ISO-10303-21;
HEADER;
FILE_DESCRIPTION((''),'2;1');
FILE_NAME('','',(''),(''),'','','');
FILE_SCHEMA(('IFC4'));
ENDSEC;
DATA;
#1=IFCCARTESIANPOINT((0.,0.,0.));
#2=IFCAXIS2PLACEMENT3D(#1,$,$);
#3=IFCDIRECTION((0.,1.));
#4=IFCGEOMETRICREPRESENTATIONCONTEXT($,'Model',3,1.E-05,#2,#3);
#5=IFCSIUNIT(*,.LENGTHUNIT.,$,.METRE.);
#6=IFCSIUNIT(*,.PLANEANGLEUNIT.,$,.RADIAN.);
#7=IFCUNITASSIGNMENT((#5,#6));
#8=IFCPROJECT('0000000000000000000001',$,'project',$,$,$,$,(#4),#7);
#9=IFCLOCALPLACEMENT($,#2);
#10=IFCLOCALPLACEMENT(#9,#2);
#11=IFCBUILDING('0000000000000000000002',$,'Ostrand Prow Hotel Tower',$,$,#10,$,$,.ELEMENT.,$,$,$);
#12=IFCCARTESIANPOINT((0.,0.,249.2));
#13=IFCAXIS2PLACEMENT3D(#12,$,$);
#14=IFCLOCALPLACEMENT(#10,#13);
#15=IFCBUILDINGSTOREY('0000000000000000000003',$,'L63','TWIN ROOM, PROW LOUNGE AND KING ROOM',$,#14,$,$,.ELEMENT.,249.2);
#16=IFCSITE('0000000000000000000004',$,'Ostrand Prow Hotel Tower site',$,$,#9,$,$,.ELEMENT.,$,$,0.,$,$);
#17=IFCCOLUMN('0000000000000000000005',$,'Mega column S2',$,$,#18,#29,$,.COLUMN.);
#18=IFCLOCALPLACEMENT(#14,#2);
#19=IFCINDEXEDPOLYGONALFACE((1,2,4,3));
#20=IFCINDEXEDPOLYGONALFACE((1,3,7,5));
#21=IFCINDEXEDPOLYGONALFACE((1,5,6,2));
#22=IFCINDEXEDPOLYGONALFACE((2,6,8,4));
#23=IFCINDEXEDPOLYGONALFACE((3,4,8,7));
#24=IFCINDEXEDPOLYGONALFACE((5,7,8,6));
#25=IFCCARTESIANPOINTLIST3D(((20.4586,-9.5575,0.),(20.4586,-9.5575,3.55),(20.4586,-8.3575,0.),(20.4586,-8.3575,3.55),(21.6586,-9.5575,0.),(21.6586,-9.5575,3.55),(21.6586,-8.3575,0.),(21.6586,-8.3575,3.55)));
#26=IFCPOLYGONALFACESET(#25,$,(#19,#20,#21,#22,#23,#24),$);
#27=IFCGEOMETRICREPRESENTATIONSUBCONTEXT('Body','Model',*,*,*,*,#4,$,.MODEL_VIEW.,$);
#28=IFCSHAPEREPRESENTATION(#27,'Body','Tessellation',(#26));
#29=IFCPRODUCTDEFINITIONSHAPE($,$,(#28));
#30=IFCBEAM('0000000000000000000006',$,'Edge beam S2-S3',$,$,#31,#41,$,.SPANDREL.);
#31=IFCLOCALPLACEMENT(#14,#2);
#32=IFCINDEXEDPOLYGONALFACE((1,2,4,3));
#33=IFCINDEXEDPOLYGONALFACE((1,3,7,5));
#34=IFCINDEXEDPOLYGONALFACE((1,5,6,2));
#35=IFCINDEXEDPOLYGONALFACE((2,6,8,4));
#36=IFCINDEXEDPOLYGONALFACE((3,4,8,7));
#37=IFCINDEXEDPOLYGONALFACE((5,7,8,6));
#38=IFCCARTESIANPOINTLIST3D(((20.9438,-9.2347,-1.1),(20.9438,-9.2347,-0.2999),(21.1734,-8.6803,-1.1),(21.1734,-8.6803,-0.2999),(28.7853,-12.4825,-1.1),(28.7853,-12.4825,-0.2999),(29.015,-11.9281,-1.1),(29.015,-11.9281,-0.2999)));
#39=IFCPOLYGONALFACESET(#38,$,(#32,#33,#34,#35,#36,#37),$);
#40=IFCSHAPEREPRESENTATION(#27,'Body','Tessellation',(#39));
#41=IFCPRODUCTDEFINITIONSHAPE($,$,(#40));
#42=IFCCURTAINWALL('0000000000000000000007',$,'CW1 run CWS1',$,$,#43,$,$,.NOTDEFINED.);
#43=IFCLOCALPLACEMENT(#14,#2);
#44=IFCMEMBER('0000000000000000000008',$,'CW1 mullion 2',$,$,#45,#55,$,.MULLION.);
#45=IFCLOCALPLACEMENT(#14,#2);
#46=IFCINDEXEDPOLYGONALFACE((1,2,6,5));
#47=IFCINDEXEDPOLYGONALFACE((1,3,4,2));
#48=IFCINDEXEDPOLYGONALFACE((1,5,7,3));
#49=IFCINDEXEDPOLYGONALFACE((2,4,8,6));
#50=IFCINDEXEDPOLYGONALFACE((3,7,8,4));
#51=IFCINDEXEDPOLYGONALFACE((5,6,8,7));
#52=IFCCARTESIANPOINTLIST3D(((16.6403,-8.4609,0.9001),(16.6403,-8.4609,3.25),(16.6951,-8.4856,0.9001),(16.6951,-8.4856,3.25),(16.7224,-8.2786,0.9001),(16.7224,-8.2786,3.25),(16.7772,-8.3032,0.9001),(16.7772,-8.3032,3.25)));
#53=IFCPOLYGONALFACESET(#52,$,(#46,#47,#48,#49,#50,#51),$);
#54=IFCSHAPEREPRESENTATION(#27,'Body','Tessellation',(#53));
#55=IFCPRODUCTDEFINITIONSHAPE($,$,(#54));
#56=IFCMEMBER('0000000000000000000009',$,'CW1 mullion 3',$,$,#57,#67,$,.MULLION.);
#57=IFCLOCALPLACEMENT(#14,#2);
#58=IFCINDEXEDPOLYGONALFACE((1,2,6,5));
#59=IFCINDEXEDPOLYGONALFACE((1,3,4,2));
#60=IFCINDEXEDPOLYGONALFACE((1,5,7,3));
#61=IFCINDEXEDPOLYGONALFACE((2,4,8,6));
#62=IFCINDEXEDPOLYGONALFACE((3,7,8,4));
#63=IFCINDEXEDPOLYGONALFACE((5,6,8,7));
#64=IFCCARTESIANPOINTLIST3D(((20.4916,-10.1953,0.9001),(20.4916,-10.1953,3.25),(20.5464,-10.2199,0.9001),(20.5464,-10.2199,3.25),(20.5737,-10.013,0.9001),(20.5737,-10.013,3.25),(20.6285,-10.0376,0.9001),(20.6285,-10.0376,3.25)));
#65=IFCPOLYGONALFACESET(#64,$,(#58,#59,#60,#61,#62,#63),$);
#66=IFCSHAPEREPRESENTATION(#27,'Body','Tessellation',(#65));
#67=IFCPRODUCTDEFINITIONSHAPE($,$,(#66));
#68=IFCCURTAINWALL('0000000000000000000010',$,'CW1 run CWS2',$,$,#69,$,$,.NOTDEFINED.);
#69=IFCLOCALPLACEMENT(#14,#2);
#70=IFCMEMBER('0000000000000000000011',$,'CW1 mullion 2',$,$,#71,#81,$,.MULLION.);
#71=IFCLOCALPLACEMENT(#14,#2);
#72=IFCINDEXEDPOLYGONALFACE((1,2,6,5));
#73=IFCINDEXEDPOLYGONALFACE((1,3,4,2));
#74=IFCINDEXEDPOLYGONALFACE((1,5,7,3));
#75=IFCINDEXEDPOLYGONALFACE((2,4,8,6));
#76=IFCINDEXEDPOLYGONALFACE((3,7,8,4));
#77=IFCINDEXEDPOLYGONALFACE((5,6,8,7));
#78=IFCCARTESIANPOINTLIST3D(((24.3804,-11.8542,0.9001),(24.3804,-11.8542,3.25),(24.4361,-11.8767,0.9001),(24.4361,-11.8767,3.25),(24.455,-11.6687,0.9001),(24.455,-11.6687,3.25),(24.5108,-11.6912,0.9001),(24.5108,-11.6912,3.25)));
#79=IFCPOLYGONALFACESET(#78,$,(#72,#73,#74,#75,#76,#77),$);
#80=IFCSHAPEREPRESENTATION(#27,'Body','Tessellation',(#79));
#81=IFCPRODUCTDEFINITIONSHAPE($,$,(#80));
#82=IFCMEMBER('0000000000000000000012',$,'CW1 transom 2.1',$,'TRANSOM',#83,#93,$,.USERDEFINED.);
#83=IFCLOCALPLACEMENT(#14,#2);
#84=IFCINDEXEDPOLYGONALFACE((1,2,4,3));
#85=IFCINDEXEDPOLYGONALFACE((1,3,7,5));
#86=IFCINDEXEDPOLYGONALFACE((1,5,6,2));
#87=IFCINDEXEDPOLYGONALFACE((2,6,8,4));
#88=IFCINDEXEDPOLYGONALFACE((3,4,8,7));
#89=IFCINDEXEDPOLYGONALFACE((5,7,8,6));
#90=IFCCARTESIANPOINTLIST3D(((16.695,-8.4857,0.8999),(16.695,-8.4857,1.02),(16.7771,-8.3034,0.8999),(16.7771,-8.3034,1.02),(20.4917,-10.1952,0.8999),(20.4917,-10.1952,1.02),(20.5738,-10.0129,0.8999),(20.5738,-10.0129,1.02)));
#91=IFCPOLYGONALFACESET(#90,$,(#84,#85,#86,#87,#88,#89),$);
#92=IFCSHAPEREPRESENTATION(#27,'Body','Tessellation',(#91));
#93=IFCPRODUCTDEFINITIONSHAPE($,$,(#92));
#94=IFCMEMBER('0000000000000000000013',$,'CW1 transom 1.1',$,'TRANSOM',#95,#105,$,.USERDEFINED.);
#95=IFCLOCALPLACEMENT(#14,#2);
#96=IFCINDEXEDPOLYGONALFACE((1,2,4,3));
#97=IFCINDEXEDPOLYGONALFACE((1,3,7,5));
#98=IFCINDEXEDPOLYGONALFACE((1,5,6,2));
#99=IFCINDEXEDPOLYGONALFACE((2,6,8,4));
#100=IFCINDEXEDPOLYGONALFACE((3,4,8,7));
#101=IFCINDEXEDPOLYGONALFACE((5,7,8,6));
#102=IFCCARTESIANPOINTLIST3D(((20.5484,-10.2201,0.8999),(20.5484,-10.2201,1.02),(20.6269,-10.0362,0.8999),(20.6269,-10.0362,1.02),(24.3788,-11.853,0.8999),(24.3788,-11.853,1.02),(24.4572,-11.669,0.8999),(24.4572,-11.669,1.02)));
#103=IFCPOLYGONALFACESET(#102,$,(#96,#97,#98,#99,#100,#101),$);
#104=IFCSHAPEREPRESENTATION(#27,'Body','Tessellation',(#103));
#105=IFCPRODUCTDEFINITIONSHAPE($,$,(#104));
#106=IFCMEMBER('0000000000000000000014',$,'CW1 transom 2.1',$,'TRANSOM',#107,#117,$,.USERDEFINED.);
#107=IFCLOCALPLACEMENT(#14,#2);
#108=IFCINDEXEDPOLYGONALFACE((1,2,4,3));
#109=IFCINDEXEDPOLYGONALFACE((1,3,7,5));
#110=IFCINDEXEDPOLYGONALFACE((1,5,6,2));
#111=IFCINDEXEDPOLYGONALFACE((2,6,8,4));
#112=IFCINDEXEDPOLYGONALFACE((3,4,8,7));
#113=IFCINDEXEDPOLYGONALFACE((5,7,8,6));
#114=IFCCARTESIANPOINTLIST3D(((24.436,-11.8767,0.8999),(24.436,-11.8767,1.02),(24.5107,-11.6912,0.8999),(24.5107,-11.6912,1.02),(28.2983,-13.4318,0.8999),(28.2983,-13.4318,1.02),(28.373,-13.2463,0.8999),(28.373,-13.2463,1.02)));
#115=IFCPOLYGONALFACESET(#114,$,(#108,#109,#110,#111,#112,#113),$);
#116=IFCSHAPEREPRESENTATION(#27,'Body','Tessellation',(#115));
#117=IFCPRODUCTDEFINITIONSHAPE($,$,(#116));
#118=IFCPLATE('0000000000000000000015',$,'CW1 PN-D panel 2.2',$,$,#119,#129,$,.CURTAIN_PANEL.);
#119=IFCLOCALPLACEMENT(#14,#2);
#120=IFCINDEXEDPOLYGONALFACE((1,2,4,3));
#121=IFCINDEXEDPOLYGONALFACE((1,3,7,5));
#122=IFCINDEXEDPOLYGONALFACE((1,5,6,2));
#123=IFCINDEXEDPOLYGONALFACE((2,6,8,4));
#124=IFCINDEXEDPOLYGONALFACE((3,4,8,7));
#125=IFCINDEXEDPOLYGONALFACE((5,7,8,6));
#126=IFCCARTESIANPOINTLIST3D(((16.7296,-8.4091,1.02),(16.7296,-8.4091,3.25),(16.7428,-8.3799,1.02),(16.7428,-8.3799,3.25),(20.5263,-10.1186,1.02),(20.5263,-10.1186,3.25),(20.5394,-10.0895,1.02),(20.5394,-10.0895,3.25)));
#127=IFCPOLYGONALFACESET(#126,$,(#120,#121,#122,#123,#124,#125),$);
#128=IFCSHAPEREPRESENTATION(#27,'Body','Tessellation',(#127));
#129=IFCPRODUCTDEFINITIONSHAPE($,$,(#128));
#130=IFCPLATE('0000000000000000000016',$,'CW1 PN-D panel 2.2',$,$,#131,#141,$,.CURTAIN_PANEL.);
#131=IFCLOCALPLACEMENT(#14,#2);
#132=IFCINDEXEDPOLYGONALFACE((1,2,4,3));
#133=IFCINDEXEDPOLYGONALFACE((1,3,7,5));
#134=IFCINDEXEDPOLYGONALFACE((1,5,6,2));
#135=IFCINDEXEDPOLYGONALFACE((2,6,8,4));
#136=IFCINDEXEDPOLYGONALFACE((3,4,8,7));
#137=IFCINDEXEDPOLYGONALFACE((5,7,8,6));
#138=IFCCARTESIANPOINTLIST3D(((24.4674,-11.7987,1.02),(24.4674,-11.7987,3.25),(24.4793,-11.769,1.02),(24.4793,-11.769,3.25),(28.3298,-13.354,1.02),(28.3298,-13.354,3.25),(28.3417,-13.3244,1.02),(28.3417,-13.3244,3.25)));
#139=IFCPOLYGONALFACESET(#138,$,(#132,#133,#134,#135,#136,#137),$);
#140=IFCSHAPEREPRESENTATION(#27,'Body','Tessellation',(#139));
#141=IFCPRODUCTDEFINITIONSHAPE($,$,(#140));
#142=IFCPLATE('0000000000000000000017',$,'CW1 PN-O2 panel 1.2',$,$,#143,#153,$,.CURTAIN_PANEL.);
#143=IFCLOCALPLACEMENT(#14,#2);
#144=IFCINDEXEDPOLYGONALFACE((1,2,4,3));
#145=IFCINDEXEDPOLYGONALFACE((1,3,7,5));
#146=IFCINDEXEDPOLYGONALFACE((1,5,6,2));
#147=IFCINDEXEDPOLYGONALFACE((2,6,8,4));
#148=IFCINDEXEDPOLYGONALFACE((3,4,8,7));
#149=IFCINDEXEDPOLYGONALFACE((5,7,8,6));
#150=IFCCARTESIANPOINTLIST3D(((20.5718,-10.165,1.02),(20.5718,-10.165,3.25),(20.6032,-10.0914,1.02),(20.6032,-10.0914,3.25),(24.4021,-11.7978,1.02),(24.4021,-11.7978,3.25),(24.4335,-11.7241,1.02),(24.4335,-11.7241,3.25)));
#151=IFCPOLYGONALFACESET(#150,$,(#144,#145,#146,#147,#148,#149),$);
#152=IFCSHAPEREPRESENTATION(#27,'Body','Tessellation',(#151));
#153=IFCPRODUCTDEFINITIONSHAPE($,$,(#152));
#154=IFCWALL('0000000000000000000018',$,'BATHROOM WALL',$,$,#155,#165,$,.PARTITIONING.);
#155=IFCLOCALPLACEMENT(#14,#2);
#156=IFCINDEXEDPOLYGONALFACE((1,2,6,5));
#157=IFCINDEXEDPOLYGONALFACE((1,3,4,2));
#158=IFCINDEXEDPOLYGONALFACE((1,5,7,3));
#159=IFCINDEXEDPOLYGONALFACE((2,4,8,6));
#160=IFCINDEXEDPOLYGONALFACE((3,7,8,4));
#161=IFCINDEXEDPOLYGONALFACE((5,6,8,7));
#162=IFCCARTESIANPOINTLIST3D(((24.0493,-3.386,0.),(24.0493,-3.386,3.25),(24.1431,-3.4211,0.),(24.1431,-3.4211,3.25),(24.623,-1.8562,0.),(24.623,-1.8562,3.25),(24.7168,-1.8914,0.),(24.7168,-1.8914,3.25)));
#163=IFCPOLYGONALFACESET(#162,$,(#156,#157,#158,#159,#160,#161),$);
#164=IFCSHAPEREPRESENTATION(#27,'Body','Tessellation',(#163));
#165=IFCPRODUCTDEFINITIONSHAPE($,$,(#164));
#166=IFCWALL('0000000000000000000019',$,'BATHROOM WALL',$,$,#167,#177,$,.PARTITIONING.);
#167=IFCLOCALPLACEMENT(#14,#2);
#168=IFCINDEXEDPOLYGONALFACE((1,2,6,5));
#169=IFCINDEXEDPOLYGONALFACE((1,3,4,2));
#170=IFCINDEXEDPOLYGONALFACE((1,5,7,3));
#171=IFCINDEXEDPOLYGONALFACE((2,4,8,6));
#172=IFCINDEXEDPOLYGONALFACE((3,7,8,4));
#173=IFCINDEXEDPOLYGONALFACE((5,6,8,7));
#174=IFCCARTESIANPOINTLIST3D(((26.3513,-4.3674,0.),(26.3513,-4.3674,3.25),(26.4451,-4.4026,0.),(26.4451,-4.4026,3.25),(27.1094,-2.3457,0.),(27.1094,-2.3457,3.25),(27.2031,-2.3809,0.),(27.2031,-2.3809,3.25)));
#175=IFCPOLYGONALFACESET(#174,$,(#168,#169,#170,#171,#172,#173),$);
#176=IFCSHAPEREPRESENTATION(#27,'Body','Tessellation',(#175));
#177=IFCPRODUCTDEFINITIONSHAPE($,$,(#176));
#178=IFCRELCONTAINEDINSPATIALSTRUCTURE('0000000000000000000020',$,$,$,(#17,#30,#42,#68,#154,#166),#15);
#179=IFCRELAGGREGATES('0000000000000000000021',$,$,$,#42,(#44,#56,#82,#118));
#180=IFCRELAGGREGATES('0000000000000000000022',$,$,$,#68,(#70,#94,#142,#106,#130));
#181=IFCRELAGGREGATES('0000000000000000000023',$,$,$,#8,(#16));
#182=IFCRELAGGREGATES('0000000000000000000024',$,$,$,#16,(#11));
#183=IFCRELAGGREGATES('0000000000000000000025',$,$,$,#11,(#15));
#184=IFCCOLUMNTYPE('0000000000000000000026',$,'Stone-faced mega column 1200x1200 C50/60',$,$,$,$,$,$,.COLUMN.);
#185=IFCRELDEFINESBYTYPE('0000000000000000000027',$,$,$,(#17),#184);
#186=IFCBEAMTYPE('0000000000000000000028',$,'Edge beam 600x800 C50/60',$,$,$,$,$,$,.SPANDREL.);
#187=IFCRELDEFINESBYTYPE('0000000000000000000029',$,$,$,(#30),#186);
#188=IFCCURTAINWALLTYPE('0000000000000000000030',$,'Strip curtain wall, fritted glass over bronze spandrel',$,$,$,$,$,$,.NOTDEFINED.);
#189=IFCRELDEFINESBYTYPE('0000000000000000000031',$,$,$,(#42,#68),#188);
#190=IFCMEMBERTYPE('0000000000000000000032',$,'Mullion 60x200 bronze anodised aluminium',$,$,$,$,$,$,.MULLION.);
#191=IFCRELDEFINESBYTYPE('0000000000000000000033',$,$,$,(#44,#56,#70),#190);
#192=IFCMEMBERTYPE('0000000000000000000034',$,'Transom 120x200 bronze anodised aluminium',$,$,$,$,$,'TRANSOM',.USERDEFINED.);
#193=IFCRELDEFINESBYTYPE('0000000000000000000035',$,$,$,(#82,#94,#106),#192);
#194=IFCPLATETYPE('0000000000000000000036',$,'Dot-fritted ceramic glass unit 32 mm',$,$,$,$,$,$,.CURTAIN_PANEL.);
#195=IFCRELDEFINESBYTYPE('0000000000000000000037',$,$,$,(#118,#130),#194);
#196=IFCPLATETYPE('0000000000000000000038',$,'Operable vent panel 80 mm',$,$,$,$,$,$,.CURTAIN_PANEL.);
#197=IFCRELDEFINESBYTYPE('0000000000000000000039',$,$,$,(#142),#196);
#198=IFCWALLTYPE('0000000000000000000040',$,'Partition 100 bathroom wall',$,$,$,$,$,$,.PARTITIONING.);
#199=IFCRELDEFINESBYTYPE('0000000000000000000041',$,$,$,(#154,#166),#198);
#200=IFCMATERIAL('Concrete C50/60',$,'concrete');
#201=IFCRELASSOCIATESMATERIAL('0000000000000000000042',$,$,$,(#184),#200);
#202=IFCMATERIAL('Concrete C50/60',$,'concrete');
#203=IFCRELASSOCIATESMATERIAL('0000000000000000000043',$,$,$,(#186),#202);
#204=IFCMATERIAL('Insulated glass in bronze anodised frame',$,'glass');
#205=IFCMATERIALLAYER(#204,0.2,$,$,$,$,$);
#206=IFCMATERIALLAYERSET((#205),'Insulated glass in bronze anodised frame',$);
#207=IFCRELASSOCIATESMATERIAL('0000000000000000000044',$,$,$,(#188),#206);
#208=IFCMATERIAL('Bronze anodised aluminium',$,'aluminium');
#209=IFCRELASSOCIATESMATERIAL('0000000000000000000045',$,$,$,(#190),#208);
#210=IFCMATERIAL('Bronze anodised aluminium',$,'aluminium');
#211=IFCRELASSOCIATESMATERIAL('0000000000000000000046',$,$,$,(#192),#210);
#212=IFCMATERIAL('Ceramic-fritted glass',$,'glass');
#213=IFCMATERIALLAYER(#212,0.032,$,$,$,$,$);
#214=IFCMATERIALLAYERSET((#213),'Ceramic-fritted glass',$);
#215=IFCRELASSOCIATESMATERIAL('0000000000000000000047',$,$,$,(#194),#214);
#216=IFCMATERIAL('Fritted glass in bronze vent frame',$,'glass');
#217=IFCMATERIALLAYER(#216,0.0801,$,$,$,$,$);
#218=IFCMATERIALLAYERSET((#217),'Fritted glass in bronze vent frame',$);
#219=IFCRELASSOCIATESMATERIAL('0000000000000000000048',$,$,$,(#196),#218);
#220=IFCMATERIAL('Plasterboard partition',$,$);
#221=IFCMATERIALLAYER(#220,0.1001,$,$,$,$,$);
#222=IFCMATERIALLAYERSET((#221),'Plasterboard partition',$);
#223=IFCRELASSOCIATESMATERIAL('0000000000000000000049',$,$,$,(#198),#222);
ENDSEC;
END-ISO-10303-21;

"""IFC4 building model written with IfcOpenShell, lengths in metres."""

from ifc_helpers import new_model, si_unit, direction, frame, frame_2d, origin, origin_2d, place, context, subcontext, project, spatial, rectangle, extrude, material, layer, layer_set, material_profile, profile_set, type_object, element, aggregate, save


model = new_model("IFC4")

# Units and contexts
model_context = context("Model", 3, precision=1e-05, world=origin(), true_north=direction((0.0, 1.0)))
body_context = subcontext(model_context, "Body", "Model", "MODEL_VIEW")
ifc_project = project(units=[si_unit("LENGTHUNIT", "METRE"), si_unit("PLANEANGLEUNIT", "RADIAN")], contexts=[model_context])

# Site, building, storey
site_placement = place(None, origin())
site = spatial("IfcSite", under=ifc_project, at=site_placement, Name="Ostrand Prow Hotel Tower site", CompositionType="ELEMENT", RefElevation=0.0)
building_placement = place(site_placement, origin())
building = spatial("IfcBuilding", under=site, at=building_placement, Name="Ostrand Prow Hotel Tower", CompositionType="ELEMENT")
storey_placement = place(building_placement, frame((0.0, 0.0, 249.2)))
storey = spatial("IfcBuildingStorey", under=building, at=storey_placement, Name="L63", Description="TWIN ROOM, PROW LOUNGE AND KING ROOM", CompositionType="ELEMENT", Elevation=249.2)

# Column
ifc_material_1 = material(Name="Concrete C50/60", Category="concrete")
ifc_material_profile_1 = material_profile(ifc_material_1, rectangle(XDim=1.2, YDim=1.2, at=origin_2d()), Name="RC 1200x1200")
ifc_profile_set_1 = profile_set([ifc_material_profile_1], Name="Concrete C50/60")
column_type = type_object("IfcColumnType", Name="Stone-faced mega column 1200x1200 C50/60", PredefinedType="COLUMN", material=ifc_profile_set_1)
column_placement = place(storey_placement, frame((21.0586, -8.9575, 0.0), z_axis=(0.0, 0.0, 1.0), x_axis=(1.0, 0.0, 0.0)))
element("IfcColumn", 1, at=column_placement, inside=storey, type_object=column_type, Name="Mega column S2", PredefinedType="COLUMN", context=body_context, shape_type="SweptSolid", body=[
    extrude(rectangle(XDim=1.2, YDim=1.2, at=origin_2d()), origin(), (0.0, 0.0, 1.0), 3.55),
])

# Beam
ifc_material_2 = material(Name="Concrete C50/60", Category="concrete")
ifc_material_profile_2 = material_profile(ifc_material_2, rectangle(XDim=0.6001, YDim=0.8, at=origin_2d()), Name="RC 600x800")
ifc_profile_set_2 = profile_set([ifc_material_profile_2], Name="Concrete C50/60")
beam_type = type_object("IfcBeamType", Name="Edge beam 600x800 C50/60", PredefinedType="SPANDREL", material=ifc_profile_set_2)
beam_placement = place(storey_placement, frame((21.0586, -8.9575, -0.7), z_axis=(0.923891, -0.382656, 0.0), x_axis=(0.382656, 0.923891, 0.0)))
element("IfcBeam", 2, at=beam_placement, inside=storey, type_object=beam_type, Name="Edge beam S2-S3", PredefinedType="SPANDREL", context=body_context, shape_type="SweptSolid", body=[
    extrude(rectangle(XDim=0.6001, YDim=0.8, at=origin_2d()), origin(), (0.0, 0.0, 1.0), 8.4875),
])

# Curtain wall, members
ifc_material_3 = material(Name="Insulated glass in bronze anodised frame", Category="glass")
ifc_layer_1 = layer(ifc_material_3, 0.2)
ifc_layer_set_1 = layer_set([ifc_layer_1], Name="Insulated glass in bronze anodised frame")
curtain_wall_type = type_object("IfcCurtainWallType", Name="Strip curtain wall, fritted glass over bronze spandrel", PredefinedType="NOTDEFINED", material=ifc_layer_set_1)
curtain_wall_1_placement = place(storey_placement, origin())
curtain_wall_1 = element("IfcCurtainWall", 3, at=curtain_wall_1_placement, inside=storey, type_object=curtain_wall_type, Name="CW1 run CWS1", PredefinedType="NOTDEFINED")
ifc_material_4 = material(Name="Bronze anodised aluminium", Category="aluminium")
ifc_material_profile_3 = material_profile(ifc_material_4, rectangle(XDim=0.2, YDim=0.0601, at=origin_2d()), Name="Mullion 60x200 bronze anodised aluminium")
ifc_profile_set_3 = profile_set([ifc_material_profile_3], Name="Bronze anodised aluminium")
member_type_1 = type_object("IfcMemberType", Name="Mullion 60x200 bronze anodised aluminium", PredefinedType="MULLION", material=ifc_profile_set_3)
member_1_placement = place(storey_placement, frame((16.7087, -8.3821, 0.9001), z_axis=(0.0, 0.0, 1.0), x_axis=(0.410582, 0.911824, 0.0)))
member_1 = element("IfcMember", 4, at=member_1_placement, type_object=member_type_1, Name="CW1 mullion 2", PredefinedType="MULLION", context=body_context, shape_type="SweptSolid", body=[
    extrude(rectangle(XDim=0.2, YDim=0.0601, at=origin_2d()), origin(), (0.0, 0.0, 1.0), 2.3499),
])
member_2_placement = place(storey_placement, frame((20.5601, -10.1165, 0.9001), z_axis=(0.0, 0.0, 1.0), x_axis=(0.410582, 0.911824, 0.0)))
member_2 = element("IfcMember", 5, at=member_2_placement, type_object=member_type_1, Name="CW1 mullion 3", PredefinedType="MULLION", context=body_context, shape_type="SweptSolid", body=[
    extrude(rectangle(XDim=0.2, YDim=0.0601, at=origin_2d()), origin(), (0.0, 0.0, 1.0), 2.3499),
])

# Curtain wall, member
curtain_wall_2_placement = place(storey_placement, origin())
curtain_wall_2 = element("IfcCurtainWall", 6, at=curtain_wall_2_placement, inside=storey, type_object=curtain_wall_type, Name="CW1 run CWS2", PredefinedType="NOTDEFINED")
member_3_placement = place(storey_placement, frame((24.4456, -11.7727, 0.9001), z_axis=(0.0, 0.0, 1.0), x_axis=(0.373533, 0.927617, 0.0)))
member_3 = element("IfcMember", 7, at=member_3_placement, type_object=member_type_1, Name="CW1 mullion 2", PredefinedType="MULLION", context=body_context, shape_type="SweptSolid", body=[
    extrude(rectangle(XDim=0.2, YDim=0.0601, at=origin_2d()), origin(), (0.0, 0.0, 1.0), 2.3499),
])

# Members
ifc_material_5 = material(Name="Bronze anodised aluminium", Category="aluminium")
ifc_material_profile_4 = material_profile(ifc_material_5, rectangle(XDim=0.2, YDim=0.1201, at=origin_2d()), Name="Transom 120x200 bronze anodised aluminium")
ifc_profile_set_4 = profile_set([ifc_material_profile_4], Name="Bronze anodised aluminium")
member_type_2 = type_object("IfcMemberType", Name="Transom 120x200 bronze anodised aluminium", ElementType="TRANSOM", PredefinedType="USERDEFINED", material=ifc_profile_set_4)
member_4_placement = place(storey_placement, frame((16.7361, -8.3945, 0.96), z_axis=(0.911833, -0.410562, 0.0), x_axis=(0.410562, 0.911833, 0.0)))
member_4 = element("IfcMember", 8, at=member_4_placement, type_object=member_type_2, Name="CW1 transom 2.1", ObjectType="TRANSOM", PredefinedType="USERDEFINED", context=body_context, shape_type="SweptSolid", body=[
    extrude(rectangle(XDim=0.2, YDim=0.1201, at=origin_2d()), origin(), (0.0, 0.0, 1.0), 4.1638),
])
member_5_placement = place(storey_placement, frame((20.5876, -10.1282, 0.96), z_axis=(0.919905, -0.392142, 0.0), x_axis=(0.392142, 0.919905, 0.0)))
member_5 = element("IfcMember", 9, at=member_5_placement, type_object=member_type_2, Name="CW1 transom 1.1", ObjectType="TRANSOM", PredefinedType="USERDEFINED", context=body_context, shape_type="SweptSolid", body=[
    extrude(rectangle(XDim=0.2, YDim=0.1201, at=origin_2d()), origin(), (0.0, 0.0, 1.0), 4.1638),
])
member_6_placement = place(storey_placement, frame((24.4734, -11.7839, 0.96), z_axis=(0.927625, -0.373513, 0.0), x_axis=(0.373513, 0.927625, 0.0)))
member_6 = element("IfcMember", 10, at=member_6_placement, type_object=member_type_2, Name="CW1 transom 2.1", ObjectType="TRANSOM", PredefinedType="USERDEFINED", context=body_context, shape_type="SweptSolid", body=[
    extrude(rectangle(XDim=0.2, YDim=0.1201, at=origin_2d()), origin(), (0.0, 0.0, 1.0), 4.1636),
])

# Plates
ifc_material_6 = material(Name="Ceramic-fritted glass", Category="glass")
ifc_layer_2 = layer(ifc_material_6, 0.032)
ifc_layer_set_2 = layer_set([ifc_layer_2], Name="Ceramic-fritted glass")
plate_type_1 = type_object("IfcPlateType", Name="Dot-fritted ceramic glass unit 32 mm", PredefinedType="CURTAIN_PANEL", material=ifc_layer_set_2)
plate_1_placement = place(storey_placement, frame((18.6345, -9.2493, 1.02), z_axis=(0.0, 0.0, 1.0), x_axis=(0.911824, -0.410582, 0.0)))
plate_1 = element("IfcPlate", 11, at=plate_1_placement, type_object=plate_type_1, Name="CW1 PN-D panel 2.2", PredefinedType="CURTAIN_PANEL", context=body_context, shape_type="SweptSolid", body=[
    extrude(rectangle(XDim=4.1638, YDim=0.032, at=origin_2d()), origin(), (0.0, 0.0, 1.0), 2.23),
])
aggregate(curtain_wall_1, [member_1, member_2, member_4, plate_1])
plate_2_placement = place(storey_placement, frame((26.4045, -12.5615, 1.02), z_axis=(0.0, 0.0, 1.0), x_axis=(0.927617, -0.373533, 0.0)))
plate_2 = element("IfcPlate", 12, at=plate_2_placement, type_object=plate_type_1, Name="CW1 PN-D panel 2.2", PredefinedType="CURTAIN_PANEL", context=body_context, shape_type="SweptSolid", body=[
    extrude(rectangle(XDim=4.1638, YDim=0.032, at=origin_2d()), origin(), (0.0, 0.0, 1.0), 2.23),
])
ifc_material_7 = material(Name="Fritted glass in bronze vent frame", Category="glass")
ifc_layer_3 = layer(ifc_material_7, 0.0801)
ifc_layer_set_3 = layer_set([ifc_layer_3], Name="Fritted glass in bronze vent frame")
plate_type_2 = type_object("IfcPlateType", Name="Operable vent panel 80 mm", PredefinedType="CURTAIN_PANEL", material=ifc_layer_set_3)
plate_3_placement = place(storey_placement, frame((22.5027, -10.9446, 1.02), z_axis=(0.0, 0.0, 1.0), x_axis=(0.919907, -0.392136, 0.0)))
plate_3 = element("IfcPlate", 13, at=plate_3_placement, type_object=plate_type_2, Name="CW1 PN-O2 panel 1.2", PredefinedType="CURTAIN_PANEL", context=body_context, shape_type="SweptSolid", body=[
    extrude(rectangle(XDim=4.1638, YDim=0.0801, at=origin_2d()), origin(), (0.0, 0.0, 1.0), 2.23),
])
aggregate(curtain_wall_2, [member_3, member_5, plate_3, member_6, plate_2])

# Walls
ifc_material_8 = material(Name="Plasterboard partition")
ifc_layer_4 = layer(ifc_material_8, 0.1001)
ifc_layer_set_4 = layer_set([ifc_layer_4], Name="Plasterboard partition")
wall_type_1 = type_object("IfcWallType", Name="Partition 100 bathroom wall", PredefinedType="PARTITIONING", material=ifc_layer_set_4)
wall_1_placement = place(storey_placement, frame((24.0962, -3.4036, 0.0), z_axis=(0.0, 0.0, 1.0), x_axis=(0.351156, 0.936317, 0.0)))
element("IfcWall", 14, at=wall_1_placement, inside=storey, type_object=wall_type_1, Name="BATHROOM WALL", PredefinedType="PARTITIONING", context=body_context, shape_type="SweptSolid", body=[
    extrude(rectangle(XDim=1.6338, YDim=0.1001, at=frame_2d((0.8169, 0.0))), origin(), (0.0, 0.0, 1.0), 3.25),
])
wall_2_placement = place(storey_placement, frame((27.1562, -2.3633, 0.0), z_axis=(0.0, 0.0, 1.0), x_axis=(-0.351086, -0.936343, 0.0)))
element("IfcWall", 15, at=wall_2_placement, inside=storey, type_object=wall_type_1, Name="BATHROOM WALL", PredefinedType="PARTITIONING", context=body_context, shape_type="SweptSolid", body=[
    extrude(rectangle(XDim=2.1592, YDim=0.1001, at=frame_2d((1.0796, 0.0))), origin(), (0.0, 0.0, 1.0), 3.25),
])

save(model, "model.ifc")
